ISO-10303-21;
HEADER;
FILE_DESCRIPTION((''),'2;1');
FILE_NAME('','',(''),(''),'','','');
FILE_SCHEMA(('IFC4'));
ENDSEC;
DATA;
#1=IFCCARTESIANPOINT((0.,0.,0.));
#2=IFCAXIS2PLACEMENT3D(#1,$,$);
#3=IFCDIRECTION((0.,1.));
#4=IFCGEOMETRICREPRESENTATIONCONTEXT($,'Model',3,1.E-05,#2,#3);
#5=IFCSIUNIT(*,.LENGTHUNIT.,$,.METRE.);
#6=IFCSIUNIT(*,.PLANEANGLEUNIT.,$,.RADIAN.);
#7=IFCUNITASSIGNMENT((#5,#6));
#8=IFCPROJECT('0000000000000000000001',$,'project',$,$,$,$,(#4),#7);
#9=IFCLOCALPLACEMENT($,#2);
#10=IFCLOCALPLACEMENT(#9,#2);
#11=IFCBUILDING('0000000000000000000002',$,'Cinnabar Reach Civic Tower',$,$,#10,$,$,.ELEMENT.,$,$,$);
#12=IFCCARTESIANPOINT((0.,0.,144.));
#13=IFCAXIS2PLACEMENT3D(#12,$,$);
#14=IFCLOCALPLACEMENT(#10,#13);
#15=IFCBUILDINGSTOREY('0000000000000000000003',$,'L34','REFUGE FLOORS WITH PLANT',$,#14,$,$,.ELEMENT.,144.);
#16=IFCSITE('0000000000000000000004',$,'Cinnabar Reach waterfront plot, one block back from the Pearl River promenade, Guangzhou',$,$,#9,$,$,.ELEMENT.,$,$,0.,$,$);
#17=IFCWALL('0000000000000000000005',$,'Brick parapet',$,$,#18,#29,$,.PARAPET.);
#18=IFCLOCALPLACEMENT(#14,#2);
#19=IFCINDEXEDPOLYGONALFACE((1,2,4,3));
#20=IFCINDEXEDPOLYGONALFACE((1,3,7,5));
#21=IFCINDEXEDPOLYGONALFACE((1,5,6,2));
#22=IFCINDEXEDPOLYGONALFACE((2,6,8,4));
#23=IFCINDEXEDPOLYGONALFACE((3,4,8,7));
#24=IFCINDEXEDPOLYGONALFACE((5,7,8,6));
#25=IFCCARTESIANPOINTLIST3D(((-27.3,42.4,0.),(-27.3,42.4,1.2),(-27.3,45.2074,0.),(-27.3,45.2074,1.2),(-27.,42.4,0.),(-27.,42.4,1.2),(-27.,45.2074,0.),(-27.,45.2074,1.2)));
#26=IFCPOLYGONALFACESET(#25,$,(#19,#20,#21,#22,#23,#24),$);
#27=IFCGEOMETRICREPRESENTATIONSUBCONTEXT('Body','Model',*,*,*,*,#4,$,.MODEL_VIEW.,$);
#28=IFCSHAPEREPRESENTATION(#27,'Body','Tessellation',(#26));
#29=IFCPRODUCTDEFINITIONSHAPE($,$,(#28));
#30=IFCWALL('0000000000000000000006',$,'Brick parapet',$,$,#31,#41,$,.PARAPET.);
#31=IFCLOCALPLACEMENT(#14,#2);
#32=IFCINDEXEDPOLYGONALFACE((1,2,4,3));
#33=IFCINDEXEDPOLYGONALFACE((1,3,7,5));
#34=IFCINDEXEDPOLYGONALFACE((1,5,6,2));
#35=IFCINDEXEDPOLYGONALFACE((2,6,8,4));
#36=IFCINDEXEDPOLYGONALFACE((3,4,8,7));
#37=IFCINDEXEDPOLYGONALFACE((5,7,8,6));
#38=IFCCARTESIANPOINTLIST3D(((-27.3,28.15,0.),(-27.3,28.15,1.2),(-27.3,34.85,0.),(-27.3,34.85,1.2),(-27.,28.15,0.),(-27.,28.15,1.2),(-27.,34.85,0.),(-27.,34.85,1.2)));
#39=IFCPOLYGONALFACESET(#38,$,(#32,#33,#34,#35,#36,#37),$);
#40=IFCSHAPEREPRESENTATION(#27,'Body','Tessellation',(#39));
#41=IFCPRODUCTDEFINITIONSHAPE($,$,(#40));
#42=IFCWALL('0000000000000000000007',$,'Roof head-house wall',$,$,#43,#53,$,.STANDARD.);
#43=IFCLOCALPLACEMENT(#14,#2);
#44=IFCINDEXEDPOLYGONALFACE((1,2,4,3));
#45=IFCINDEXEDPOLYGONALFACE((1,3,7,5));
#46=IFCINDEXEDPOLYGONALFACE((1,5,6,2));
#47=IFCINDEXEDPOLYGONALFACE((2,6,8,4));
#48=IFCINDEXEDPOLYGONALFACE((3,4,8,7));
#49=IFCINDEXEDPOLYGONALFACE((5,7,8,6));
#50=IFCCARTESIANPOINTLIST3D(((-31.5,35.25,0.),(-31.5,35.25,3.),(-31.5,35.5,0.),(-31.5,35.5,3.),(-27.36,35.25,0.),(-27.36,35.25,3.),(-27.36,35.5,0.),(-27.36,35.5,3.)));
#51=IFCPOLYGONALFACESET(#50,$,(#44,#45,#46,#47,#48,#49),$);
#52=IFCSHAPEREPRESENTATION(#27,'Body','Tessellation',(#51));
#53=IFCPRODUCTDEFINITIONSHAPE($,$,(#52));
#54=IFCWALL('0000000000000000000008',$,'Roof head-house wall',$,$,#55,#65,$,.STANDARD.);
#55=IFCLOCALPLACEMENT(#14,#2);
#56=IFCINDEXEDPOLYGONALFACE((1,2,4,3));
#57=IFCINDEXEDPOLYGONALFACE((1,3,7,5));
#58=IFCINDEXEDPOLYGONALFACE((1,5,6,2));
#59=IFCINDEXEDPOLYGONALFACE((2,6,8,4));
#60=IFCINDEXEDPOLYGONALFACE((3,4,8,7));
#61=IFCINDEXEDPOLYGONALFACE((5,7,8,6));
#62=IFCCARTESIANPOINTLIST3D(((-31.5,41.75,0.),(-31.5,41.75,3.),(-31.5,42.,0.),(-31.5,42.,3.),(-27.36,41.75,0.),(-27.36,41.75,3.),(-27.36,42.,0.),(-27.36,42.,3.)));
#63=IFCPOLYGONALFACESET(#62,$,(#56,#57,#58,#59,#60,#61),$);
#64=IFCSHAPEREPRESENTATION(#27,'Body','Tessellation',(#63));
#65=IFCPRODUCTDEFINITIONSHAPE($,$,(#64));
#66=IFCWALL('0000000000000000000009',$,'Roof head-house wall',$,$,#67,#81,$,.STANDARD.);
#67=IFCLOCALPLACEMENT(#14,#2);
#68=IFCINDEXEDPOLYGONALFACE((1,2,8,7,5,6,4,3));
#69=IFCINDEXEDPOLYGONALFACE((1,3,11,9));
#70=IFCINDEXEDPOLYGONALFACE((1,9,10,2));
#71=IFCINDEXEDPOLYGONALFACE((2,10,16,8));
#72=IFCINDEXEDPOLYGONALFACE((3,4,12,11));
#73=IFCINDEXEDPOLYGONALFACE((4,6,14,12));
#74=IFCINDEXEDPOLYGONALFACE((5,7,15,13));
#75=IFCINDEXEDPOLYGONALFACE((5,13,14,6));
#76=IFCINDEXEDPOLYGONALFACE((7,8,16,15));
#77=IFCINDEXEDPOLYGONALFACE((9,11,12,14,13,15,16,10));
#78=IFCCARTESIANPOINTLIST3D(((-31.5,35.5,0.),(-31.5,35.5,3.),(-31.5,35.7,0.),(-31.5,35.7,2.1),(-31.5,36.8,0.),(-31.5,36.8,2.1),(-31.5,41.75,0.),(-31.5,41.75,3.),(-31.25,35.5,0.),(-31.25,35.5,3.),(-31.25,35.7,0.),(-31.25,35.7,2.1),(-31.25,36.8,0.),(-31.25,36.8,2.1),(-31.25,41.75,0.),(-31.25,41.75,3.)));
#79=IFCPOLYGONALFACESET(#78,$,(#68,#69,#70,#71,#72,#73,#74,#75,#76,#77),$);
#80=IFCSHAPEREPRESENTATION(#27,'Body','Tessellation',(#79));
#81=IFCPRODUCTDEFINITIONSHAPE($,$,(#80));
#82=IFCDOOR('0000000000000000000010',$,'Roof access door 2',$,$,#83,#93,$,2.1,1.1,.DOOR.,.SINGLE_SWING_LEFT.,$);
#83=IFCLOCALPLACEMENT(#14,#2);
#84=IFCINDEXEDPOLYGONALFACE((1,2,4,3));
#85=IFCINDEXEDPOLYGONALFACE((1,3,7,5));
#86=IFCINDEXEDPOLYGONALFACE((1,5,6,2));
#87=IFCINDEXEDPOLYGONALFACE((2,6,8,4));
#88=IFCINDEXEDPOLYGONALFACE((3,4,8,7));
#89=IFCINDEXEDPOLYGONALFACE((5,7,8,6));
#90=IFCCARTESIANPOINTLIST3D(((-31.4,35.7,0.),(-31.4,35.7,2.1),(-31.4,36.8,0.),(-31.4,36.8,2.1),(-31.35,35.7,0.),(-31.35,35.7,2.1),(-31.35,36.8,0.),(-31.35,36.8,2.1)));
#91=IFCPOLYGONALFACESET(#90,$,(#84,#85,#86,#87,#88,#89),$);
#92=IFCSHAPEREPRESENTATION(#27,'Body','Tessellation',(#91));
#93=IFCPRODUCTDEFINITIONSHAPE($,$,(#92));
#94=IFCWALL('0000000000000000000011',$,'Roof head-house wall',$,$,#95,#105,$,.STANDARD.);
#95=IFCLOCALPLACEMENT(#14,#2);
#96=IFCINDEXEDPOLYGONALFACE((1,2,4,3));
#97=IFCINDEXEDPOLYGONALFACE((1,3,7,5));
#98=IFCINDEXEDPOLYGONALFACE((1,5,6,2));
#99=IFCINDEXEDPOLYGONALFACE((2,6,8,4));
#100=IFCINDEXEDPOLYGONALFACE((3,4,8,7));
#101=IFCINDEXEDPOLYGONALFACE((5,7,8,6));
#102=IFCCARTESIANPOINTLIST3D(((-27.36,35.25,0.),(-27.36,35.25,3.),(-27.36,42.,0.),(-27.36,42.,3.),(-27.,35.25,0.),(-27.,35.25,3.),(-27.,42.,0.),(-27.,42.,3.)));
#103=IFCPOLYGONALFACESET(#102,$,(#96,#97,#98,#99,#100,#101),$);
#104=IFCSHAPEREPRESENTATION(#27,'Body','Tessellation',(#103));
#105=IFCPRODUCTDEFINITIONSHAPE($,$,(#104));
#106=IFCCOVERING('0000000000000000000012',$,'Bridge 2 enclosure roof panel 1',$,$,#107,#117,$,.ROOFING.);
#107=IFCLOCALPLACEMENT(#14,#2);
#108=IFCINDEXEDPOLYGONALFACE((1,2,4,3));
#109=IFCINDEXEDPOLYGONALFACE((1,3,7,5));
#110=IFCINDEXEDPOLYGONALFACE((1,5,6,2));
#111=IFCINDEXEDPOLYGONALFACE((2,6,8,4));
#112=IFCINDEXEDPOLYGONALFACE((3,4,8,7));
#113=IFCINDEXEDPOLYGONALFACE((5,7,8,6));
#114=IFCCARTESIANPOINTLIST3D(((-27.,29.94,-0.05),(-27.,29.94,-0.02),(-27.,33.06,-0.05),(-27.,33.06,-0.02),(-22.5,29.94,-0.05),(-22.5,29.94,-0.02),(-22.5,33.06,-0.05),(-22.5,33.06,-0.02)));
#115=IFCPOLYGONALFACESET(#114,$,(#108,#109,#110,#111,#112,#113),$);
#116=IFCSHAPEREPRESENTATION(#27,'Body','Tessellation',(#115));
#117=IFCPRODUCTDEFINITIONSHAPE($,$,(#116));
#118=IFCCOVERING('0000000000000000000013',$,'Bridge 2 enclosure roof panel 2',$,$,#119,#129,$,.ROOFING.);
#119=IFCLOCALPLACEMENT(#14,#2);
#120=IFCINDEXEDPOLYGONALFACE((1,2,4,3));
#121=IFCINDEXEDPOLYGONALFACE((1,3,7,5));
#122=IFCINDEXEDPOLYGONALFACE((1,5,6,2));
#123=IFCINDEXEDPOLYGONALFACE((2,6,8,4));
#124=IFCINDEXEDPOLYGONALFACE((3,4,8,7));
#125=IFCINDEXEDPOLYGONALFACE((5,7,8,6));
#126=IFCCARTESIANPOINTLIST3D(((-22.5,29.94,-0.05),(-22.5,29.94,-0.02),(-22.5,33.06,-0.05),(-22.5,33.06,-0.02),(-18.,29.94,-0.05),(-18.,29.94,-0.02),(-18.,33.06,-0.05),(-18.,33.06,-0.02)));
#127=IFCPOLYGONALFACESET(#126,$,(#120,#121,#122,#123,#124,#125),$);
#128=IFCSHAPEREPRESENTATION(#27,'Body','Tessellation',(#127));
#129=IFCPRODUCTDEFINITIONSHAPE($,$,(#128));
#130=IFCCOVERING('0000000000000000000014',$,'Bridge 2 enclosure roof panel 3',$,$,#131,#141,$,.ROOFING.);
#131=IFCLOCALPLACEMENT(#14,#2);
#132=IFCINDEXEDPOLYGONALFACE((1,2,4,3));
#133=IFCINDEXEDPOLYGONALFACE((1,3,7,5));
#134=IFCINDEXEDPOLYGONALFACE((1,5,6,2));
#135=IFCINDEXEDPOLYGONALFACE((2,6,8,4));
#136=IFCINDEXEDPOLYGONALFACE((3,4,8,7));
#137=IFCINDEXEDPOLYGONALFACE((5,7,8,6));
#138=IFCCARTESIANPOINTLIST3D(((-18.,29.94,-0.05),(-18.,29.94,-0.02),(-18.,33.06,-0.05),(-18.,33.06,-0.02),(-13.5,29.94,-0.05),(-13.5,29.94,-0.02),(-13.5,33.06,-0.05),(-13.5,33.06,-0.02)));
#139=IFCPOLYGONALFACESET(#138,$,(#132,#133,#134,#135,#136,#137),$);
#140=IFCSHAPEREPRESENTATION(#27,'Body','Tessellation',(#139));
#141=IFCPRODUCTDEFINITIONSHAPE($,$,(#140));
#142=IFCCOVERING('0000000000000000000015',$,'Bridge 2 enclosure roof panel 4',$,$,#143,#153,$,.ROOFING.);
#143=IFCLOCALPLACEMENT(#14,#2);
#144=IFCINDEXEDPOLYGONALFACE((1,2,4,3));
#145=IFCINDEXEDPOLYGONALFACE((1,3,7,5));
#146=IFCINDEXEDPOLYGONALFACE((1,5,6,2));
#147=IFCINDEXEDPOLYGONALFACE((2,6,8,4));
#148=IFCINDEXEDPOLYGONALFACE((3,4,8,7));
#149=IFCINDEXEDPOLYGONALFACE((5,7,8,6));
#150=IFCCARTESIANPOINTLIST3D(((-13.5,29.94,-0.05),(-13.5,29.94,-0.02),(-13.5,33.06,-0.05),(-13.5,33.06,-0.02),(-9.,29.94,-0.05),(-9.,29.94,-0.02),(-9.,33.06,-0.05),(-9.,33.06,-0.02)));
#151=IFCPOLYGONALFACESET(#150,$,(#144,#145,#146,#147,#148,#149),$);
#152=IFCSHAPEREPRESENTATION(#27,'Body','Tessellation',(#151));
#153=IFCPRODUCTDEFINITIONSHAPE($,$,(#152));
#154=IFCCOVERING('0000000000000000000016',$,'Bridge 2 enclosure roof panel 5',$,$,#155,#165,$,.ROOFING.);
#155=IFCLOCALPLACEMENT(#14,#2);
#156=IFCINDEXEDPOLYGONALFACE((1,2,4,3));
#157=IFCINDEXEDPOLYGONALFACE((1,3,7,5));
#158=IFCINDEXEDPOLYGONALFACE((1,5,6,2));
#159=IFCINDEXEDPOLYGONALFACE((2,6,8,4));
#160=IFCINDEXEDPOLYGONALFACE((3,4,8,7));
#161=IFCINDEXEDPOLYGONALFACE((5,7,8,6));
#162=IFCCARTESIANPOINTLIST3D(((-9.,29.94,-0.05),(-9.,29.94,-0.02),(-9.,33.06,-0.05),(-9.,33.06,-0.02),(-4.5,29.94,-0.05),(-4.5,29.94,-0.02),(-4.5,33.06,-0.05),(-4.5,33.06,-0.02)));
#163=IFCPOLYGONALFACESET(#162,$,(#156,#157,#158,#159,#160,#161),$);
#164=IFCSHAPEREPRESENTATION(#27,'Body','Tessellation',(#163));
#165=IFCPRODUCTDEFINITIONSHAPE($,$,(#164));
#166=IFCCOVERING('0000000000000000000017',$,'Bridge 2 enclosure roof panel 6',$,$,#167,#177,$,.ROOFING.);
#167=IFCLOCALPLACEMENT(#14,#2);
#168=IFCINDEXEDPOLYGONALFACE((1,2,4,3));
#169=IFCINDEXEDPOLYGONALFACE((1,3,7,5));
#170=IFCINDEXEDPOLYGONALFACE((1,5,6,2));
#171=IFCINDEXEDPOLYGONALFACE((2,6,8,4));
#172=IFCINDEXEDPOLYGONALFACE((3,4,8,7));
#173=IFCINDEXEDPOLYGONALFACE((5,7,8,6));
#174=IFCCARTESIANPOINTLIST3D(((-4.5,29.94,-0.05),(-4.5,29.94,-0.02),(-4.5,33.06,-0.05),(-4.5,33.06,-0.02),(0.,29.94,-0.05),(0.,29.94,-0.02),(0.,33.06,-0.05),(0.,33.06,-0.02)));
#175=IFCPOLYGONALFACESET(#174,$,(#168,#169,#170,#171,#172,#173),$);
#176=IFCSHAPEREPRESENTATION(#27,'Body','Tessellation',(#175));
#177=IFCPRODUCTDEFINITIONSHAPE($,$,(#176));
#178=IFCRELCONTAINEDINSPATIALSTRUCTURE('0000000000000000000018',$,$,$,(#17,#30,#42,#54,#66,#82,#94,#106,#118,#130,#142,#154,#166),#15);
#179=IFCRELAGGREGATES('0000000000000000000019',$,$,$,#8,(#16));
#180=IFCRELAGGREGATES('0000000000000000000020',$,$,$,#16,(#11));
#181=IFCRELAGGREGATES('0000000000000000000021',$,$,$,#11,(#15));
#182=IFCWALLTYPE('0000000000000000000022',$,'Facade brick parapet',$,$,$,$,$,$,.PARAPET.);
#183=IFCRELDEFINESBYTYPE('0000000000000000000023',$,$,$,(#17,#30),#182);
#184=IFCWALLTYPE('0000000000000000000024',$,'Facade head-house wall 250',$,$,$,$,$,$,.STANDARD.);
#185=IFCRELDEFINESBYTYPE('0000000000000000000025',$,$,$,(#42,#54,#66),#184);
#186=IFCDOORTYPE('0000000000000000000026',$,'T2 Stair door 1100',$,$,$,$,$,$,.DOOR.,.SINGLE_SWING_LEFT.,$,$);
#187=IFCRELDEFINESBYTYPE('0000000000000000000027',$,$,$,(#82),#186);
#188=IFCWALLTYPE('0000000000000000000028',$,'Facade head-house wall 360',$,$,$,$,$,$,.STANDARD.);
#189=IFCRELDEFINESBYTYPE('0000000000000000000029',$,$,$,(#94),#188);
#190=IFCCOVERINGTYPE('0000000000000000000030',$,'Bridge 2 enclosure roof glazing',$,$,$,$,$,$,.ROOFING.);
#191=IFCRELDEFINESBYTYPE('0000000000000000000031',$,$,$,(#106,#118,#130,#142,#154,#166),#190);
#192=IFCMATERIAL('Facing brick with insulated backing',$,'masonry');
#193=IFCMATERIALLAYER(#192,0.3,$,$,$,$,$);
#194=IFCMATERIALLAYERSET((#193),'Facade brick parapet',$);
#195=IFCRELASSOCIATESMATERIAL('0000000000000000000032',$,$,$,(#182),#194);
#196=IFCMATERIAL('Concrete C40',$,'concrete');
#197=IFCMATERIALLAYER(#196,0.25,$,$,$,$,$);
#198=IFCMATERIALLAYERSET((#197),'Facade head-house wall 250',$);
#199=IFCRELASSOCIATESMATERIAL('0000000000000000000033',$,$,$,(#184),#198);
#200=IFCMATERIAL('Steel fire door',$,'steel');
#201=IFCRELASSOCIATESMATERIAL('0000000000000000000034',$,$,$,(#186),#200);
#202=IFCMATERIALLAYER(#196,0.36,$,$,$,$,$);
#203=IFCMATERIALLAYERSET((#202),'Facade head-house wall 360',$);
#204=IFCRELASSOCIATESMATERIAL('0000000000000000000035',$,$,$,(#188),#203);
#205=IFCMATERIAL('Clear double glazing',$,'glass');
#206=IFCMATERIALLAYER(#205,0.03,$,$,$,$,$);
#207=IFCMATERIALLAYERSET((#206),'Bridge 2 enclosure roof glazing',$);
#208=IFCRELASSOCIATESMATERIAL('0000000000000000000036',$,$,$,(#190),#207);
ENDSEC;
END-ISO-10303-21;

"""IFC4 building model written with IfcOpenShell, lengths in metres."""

from ifc_helpers import new_model, si_unit, direction, frame, frame_2d, origin, origin_2d, place, context, subcontext, project, spatial, rectangle, extrude, material, layer, layer_set, type_object, element, fill, save


model = new_model("IFC4")

# Units and contexts
model_context = context("Model", 3, precision=1e-05, world=origin(), true_north=direction((0.0, 1.0)))
body_context = subcontext(model_context, "Body", "Model", "MODEL_VIEW")
ifc_project = project(units=[si_unit("LENGTHUNIT", "METRE"), si_unit("PLANEANGLEUNIT", "RADIAN")], contexts=[model_context])

# Site, building, storey
site_placement = place(None, origin())
site = spatial("IfcSite", under=ifc_project, at=site_placement, Name="Cinnabar Reach waterfront plot, one block back from the Pearl River promenade, Guangzhou", CompositionType="ELEMENT", RefElevation=0.0)
building_placement = place(site_placement, origin())
building = spatial("IfcBuilding", under=site, at=building_placement, Name="Cinnabar Reach Civic Tower", CompositionType="ELEMENT")
storey_placement = place(building_placement, frame((0.0, 0.0, 144.0)))
storey = spatial("IfcBuildingStorey", under=building, at=storey_placement, Name="L34", Description="REFUGE FLOORS WITH PLANT", CompositionType="ELEMENT", Elevation=144.0)

# Walls
ifc_material_1 = material(Name="Facing brick with insulated backing", Category="masonry")
ifc_layer_1 = layer(ifc_material_1, 0.3)
ifc_layer_set_1 = layer_set([ifc_layer_1], Name="Facade brick parapet")
wall_type_1 = type_object("IfcWallType", Name="Facade brick parapet", PredefinedType="PARAPET", material=ifc_layer_set_1)
wall_1_placement = place(storey_placement, frame((-27.15, 45.2075, 0.0), z_axis=(0.0, 0.0, 1.0), x_axis=(0.0, -1.0, 0.0)))
element("IfcWall", 1, at=wall_1_placement, inside=storey, type_object=wall_type_1, Name="Brick parapet", PredefinedType="PARAPET", context=body_context, shape_type="SweptSolid", body=[
    extrude(rectangle(XDim=2.8075, YDim=0.3, at=frame_2d((1.4038, 0.0))), origin(), (0.0, 0.0, 1.0), 1.2),
])
wall_2_placement = place(storey_placement, frame((-27.15, 34.85, 0.0), z_axis=(0.0, 0.0, 1.0), x_axis=(0.0, -1.0, 0.0)))
element("IfcWall", 2, at=wall_2_placement, inside=storey, type_object=wall_type_1, Name="Brick parapet", PredefinedType="PARAPET", context=body_context, shape_type="SweptSolid", body=[
    extrude(rectangle(XDim=6.7, YDim=0.3, at=frame_2d((3.35, 0.0))), origin(), (0.0, 0.0, 1.0), 1.2),
])
ifc_material_2 = material(Name="Concrete C40", Category="concrete")
ifc_layer_2 = layer(ifc_material_2, 0.25)
ifc_layer_set_2 = layer_set([ifc_layer_2], Name="Facade head-house wall 250")
wall_type_2 = type_object("IfcWallType", Name="Facade head-house wall 250", PredefinedType="STANDARD", material=ifc_layer_set_2)
for number, where, z_axis, x_axis, name in (
    (3, (-31.5, 35.375, 0.0), (0.0, 0.0, 1.0), (1.0, 0.0, 0.0), "Roof head-house wall"),
    (4, (-31.5, 41.875, 0.0), (0.0, 0.0, 1.0), (1.0, 0.0, 0.0), "Roof head-house wall"),
):
    element("IfcWall", number, at=place(storey_placement, frame(where, z_axis=z_axis, x_axis=x_axis)), inside=storey, type_object=wall_type_2, Name=name, PredefinedType="STANDARD", context=body_context, shape_type="SweptSolid", body=[
        extrude(rectangle(XDim=4.14, YDim=0.25, at=frame_2d((2.07, 0.0))), origin(), (0.0, 0.0, 1.0), 3.0),
    ])

# Wall, opening, door
wall_3_placement = place(storey_placement, frame((-31.375, 35.5, 0.0), z_axis=(0.0, 0.0, 1.0), x_axis=(0.0, 1.0, 0.0)))
wall_3 = element("IfcWall", 5, at=wall_3_placement, inside=storey, type_object=wall_type_2, Name="Roof head-house wall", PredefinedType="STANDARD", context=body_context, shape_type="SweptSolid", body=[
    extrude(rectangle(XDim=6.25, YDim=0.25, at=frame_2d((3.125, 0.0))), origin(), (0.0, 0.0, 1.0), 3.0),
])
opening_placement = place(wall_3_placement, frame((0.2, 0.0, 0.0)))
opening = element("IfcOpeningElement", 6, at=opening_placement, cuts=wall_3, PredefinedType="OPENING", context=body_context, shape_type="SweptSolid", body=[
    extrude(rectangle(XDim=1.1, YDim=2.1, at=frame_2d((0.55, 1.05))), frame((0.0, 0.135, 0.0), z_axis=(0.0, -1.0, 0.0), x_axis=(1.0, 0.0, 0.0)), (0.0, 0.0, 1.0), 0.27),
])
ifc_material_3 = material(Name="Steel fire door", Category="steel")
door_type = type_object("IfcDoorType", Name="T2 Stair door 1100", OperationType="SINGLE_SWING_LEFT", PredefinedType="DOOR", material=ifc_material_3)
door_placement = place(opening_placement, origin())
door = element("IfcDoor", 7, at=door_placement, inside=storey, type_object=door_type, Name="Roof access door 2", OperationType="SINGLE_SWING_LEFT", OverallHeight=2.1, OverallWidth=1.1, PredefinedType="DOOR", context=body_context, shape_type="SweptSolid", body=[
    extrude(rectangle(XDim=1.1, YDim=2.1, at=frame_2d((0.55, 1.05))), frame((0.0, 0.025, 0.0), z_axis=(0.0, -1.0, 0.0), x_axis=(1.0, 0.0, 0.0)), (0.0, 0.0, 1.0), 0.05),
])
fill(opening, door)

# Wall
ifc_layer_3 = layer(ifc_material_2, 0.36)
ifc_layer_set_3 = layer_set([ifc_layer_3], Name="Facade head-house wall 360")
wall_type_3 = type_object("IfcWallType", Name="Facade head-house wall 360", PredefinedType="STANDARD", material=ifc_layer_set_3)
wall_4_placement = place(storey_placement, frame((-27.18, 35.25, 0.0), z_axis=(0.0, 0.0, 1.0), x_axis=(0.0, 1.0, 0.0)))
element("IfcWall", 8, at=wall_4_placement, inside=storey, type_object=wall_type_3, Name="Roof head-house wall", PredefinedType="STANDARD", context=body_context, shape_type="SweptSolid", body=[
    extrude(rectangle(XDim=6.75, YDim=0.36, at=frame_2d((3.375, 0.0))), origin(), (0.0, 0.0, 1.0), 3.0),
])

# Coverings
ifc_material_4 = material(Name="Clear double glazing", Category="glass")
ifc_layer_4 = layer(ifc_material_4, 0.03)
ifc_layer_set_4 = layer_set([ifc_layer_4], Name="Bridge 2 enclosure roof glazing")
covering_type = type_object("IfcCoveringType", Name="Bridge 2 enclosure roof glazing", PredefinedType="ROOFING", material=ifc_layer_set_4)
for number, where, z_axis, x_axis, name in (
    (9, (-24.75, 31.5, -0.05), (0.0, 0.0, 1.0), (1.0, 0.0, 0.0), "Bridge 2 enclosure roof panel 1"),
    (10, (-20.25, 31.5, -0.05), (0.0, 0.0, 1.0), (1.0, 0.0, 0.0), "Bridge 2 enclosure roof panel 2"),
    (11, (-15.75, 31.5, -0.05), (0.0, 0.0, 1.0), (1.0, 0.0, 0.0), "Bridge 2 enclosure roof panel 3"),
    (12, (-11.25, 31.5, -0.05), (0.0, 0.0, 1.0), (1.0, 0.0, 0.0), "Bridge 2 enclosure roof panel 4"),
    (13, (-6.75, 31.5, -0.05), (0.0, 0.0, 1.0), (1.0, 0.0, 0.0), "Bridge 2 enclosure roof panel 5"),
    (14, (-2.25, 31.5, -0.05), (0.0, 0.0, 1.0), (1.0, 0.0, 0.0), "Bridge 2 enclosure roof panel 6"),
):
    element("IfcCovering", number, at=place(storey_placement, frame(where, z_axis=z_axis, x_axis=x_axis)), inside=storey, type_object=covering_type, Name=name, PredefinedType="ROOFING", context=body_context, shape_type="SweptSolid", body=[
        extrude(rectangle(XDim=4.5, YDim=3.12, at=origin_2d()), origin(), (0.0, 0.0, 1.0), 0.03),
    ])

save(model, "model.ifc")
